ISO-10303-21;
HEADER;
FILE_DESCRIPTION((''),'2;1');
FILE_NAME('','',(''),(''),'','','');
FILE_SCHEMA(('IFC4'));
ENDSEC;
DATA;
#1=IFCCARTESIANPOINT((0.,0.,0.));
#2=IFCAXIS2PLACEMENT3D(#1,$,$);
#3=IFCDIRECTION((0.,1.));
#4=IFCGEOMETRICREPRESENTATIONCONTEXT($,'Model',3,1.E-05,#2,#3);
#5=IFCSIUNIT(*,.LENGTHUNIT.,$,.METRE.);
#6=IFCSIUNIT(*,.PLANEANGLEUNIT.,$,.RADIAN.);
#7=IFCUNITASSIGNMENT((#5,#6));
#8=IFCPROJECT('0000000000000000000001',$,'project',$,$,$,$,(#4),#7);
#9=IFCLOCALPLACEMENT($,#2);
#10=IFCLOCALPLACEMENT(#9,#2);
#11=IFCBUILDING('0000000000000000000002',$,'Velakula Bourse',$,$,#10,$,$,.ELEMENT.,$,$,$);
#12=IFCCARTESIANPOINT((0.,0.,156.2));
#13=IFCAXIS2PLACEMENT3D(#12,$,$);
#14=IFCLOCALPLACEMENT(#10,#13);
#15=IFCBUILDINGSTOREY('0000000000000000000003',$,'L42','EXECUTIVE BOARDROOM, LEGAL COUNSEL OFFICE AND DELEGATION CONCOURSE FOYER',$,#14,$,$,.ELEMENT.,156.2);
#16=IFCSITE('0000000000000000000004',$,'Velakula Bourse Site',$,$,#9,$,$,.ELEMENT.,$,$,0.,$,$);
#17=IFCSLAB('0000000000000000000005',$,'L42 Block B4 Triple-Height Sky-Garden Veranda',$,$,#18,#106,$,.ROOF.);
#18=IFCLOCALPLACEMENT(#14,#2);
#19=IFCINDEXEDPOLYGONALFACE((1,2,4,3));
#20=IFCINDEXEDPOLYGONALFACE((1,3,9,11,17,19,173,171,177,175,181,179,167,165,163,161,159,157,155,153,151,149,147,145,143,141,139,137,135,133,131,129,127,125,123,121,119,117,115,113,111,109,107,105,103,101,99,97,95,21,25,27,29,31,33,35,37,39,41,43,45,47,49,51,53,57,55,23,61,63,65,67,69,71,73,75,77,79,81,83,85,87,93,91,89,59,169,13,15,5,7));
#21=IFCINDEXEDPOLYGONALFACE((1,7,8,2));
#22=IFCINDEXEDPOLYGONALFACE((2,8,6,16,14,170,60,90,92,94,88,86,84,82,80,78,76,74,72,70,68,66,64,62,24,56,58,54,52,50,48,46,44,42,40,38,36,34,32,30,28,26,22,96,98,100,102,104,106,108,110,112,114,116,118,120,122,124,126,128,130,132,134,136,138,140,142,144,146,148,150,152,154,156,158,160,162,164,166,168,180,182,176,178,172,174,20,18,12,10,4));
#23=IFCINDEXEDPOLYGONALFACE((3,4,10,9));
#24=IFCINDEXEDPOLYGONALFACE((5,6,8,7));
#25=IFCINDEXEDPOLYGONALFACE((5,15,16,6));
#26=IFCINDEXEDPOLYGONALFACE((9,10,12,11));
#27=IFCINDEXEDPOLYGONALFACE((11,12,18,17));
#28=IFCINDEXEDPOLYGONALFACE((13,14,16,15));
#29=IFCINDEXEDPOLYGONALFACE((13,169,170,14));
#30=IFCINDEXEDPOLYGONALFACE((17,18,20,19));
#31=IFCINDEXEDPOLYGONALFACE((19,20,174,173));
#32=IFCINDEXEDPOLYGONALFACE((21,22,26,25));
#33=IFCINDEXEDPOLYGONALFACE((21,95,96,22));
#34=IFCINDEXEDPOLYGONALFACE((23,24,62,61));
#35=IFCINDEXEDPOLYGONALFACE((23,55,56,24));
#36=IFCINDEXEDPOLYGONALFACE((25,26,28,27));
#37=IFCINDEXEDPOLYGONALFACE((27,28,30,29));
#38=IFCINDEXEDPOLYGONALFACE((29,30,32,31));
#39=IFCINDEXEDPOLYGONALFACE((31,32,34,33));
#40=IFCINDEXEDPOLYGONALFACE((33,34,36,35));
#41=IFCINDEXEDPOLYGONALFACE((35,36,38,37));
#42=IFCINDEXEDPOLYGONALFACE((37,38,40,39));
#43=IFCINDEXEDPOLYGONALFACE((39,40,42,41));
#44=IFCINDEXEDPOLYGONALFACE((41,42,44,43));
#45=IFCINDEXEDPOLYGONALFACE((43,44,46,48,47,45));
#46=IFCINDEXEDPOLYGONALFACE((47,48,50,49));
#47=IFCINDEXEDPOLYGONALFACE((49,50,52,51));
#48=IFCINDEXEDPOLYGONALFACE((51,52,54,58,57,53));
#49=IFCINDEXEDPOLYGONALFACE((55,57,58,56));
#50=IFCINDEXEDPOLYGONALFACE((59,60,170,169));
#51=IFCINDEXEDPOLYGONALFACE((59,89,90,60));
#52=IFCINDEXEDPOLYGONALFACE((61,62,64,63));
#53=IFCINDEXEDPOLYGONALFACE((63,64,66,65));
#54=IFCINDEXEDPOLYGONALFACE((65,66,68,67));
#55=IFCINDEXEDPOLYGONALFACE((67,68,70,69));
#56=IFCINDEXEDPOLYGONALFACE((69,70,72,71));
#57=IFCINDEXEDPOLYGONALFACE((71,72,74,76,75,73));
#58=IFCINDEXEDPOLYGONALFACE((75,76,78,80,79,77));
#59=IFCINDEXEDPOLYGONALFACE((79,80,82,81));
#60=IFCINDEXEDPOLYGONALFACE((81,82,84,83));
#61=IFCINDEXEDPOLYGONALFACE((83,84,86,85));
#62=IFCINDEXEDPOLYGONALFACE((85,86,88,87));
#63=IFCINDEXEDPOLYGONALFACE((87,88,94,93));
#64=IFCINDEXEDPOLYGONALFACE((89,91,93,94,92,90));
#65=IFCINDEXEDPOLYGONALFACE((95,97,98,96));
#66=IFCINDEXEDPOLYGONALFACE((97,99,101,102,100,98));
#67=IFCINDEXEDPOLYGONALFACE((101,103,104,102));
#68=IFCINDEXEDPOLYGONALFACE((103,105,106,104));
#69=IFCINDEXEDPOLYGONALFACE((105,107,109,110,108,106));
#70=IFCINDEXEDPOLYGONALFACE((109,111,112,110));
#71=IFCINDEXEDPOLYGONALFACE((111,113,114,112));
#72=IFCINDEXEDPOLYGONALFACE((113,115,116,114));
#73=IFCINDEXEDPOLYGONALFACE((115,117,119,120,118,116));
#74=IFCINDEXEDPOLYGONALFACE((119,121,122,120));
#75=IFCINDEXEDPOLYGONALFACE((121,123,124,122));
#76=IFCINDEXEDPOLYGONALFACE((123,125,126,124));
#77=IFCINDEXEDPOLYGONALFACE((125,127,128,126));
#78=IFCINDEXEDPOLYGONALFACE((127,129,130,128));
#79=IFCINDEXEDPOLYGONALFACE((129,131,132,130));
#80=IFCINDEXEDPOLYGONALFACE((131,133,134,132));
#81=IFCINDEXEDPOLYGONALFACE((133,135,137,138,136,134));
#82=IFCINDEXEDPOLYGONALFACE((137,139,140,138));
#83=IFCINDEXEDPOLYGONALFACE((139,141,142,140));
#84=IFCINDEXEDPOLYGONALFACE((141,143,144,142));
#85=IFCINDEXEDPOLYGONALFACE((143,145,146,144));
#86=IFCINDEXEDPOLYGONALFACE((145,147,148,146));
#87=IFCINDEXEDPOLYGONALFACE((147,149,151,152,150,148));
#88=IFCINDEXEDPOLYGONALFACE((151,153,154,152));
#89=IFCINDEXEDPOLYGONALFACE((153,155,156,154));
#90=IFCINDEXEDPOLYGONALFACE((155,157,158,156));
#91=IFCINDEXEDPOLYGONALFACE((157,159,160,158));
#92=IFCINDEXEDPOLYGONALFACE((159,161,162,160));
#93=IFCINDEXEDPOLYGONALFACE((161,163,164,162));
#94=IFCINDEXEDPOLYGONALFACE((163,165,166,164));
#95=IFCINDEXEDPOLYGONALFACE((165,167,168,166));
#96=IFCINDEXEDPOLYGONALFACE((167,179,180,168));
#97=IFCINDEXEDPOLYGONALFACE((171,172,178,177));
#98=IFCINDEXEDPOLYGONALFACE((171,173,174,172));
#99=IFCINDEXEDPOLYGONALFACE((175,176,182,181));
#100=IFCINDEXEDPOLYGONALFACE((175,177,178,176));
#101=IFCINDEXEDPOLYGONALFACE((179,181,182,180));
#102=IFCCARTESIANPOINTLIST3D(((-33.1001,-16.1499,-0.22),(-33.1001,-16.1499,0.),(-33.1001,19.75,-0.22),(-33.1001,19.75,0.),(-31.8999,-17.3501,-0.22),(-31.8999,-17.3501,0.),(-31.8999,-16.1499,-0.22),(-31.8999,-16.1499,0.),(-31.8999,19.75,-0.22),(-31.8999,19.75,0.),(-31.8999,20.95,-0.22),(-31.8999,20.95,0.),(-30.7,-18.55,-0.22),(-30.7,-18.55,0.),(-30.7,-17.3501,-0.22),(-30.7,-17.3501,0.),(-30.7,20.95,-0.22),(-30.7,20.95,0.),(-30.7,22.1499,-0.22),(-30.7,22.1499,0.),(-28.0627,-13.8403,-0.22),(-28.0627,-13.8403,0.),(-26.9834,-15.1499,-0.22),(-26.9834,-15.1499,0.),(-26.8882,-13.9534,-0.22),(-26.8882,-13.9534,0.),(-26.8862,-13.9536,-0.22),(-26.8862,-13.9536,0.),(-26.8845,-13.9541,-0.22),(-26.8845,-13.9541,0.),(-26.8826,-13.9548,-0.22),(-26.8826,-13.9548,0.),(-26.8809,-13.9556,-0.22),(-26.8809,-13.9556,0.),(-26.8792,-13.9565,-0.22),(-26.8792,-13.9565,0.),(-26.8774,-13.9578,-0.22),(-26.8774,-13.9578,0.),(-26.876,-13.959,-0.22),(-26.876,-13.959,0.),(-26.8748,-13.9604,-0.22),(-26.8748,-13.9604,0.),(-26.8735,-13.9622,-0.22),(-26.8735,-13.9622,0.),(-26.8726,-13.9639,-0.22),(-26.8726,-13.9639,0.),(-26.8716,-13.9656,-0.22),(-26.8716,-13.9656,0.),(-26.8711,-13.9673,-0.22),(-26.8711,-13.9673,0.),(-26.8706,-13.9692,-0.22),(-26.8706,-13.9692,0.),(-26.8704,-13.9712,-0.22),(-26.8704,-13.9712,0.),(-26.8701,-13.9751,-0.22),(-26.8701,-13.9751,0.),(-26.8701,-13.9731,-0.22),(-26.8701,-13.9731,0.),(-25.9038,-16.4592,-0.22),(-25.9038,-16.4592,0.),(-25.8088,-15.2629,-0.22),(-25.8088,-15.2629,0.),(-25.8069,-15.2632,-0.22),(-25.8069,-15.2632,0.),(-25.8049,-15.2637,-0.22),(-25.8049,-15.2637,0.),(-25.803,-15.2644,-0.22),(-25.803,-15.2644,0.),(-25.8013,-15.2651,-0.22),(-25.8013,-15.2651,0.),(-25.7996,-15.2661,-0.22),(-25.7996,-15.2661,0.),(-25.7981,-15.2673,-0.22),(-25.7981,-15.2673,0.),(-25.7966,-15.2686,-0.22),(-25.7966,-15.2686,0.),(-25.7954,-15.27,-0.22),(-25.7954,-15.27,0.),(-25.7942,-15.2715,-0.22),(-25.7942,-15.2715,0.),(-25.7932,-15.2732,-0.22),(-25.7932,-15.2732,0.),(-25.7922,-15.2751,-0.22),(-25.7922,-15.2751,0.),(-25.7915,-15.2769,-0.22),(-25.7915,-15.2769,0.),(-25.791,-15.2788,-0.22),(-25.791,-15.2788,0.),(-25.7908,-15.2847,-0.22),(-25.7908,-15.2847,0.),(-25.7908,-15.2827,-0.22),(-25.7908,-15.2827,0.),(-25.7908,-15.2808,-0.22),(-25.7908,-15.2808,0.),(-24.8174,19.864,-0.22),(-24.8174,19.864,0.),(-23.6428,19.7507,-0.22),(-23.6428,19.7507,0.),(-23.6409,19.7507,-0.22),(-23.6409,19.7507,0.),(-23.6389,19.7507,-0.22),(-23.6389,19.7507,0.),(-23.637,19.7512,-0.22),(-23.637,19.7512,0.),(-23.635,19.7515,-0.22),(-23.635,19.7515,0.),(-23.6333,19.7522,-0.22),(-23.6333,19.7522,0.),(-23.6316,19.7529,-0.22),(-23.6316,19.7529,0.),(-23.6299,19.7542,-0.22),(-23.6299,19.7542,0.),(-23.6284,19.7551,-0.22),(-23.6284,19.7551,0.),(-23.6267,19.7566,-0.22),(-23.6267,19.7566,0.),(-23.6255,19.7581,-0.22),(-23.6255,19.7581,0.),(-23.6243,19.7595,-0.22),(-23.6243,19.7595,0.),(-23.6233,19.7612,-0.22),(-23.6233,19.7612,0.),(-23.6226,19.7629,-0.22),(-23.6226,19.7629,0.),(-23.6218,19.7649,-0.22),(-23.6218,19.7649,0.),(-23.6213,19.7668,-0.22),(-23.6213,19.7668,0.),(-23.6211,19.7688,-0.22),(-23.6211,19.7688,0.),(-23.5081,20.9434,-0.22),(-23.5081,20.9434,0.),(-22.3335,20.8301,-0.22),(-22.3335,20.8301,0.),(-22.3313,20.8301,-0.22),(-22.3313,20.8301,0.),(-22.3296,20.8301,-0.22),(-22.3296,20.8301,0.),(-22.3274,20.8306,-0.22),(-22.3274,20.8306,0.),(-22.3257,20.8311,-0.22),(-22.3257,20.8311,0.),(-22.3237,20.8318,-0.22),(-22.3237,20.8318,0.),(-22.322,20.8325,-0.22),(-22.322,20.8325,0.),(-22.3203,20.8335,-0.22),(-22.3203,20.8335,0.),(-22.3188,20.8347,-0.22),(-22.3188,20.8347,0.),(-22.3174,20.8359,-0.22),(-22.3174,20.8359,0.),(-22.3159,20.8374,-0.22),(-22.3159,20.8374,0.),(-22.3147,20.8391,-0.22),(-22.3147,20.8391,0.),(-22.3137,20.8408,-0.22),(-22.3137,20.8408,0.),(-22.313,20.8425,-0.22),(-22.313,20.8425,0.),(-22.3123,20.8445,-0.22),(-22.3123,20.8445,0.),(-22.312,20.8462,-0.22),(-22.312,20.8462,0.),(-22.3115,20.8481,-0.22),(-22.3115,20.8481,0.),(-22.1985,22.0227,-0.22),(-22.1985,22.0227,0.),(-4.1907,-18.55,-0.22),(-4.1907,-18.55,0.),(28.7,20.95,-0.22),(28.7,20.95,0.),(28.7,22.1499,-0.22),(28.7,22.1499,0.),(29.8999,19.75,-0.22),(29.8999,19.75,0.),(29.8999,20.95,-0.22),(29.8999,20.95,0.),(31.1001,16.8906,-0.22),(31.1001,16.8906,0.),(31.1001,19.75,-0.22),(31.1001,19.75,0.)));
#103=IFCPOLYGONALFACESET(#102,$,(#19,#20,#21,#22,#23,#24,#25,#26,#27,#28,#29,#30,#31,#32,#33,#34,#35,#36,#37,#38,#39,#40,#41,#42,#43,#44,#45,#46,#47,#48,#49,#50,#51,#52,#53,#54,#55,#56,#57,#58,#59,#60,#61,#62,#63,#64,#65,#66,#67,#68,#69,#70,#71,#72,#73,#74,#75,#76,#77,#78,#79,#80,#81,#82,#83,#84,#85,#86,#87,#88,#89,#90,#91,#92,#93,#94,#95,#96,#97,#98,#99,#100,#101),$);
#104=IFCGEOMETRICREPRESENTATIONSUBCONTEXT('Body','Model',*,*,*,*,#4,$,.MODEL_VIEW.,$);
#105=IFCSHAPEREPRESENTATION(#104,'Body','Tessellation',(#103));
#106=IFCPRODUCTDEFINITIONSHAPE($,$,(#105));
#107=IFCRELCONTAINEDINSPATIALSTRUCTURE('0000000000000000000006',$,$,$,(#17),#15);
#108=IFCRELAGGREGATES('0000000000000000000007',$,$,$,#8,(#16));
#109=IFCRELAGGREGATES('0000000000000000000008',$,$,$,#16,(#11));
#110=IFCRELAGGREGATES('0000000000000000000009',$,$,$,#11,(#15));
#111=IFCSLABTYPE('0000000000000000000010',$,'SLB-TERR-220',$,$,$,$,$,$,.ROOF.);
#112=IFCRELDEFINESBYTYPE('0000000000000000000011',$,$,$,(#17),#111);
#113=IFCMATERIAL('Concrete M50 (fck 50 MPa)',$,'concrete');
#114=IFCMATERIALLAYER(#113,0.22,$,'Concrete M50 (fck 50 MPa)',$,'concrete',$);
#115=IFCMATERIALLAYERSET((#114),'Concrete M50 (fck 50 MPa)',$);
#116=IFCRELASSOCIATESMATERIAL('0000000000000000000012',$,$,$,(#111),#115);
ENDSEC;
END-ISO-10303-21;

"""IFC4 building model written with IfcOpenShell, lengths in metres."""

from ifc_helpers import new_model, si_unit, direction, frame, origin, place, context, subcontext, project, spatial, polyline, outline, extrude, material, layer, layer_set, type_object, element, save


model = new_model("IFC4")

# Units and contexts
model_context = context("Model", 3, precision=1e-05, world=origin(), true_north=direction((0.0, 1.0)))
body_context = subcontext(model_context, "Body", "Model", "MODEL_VIEW")
ifc_project = project(units=[si_unit("LENGTHUNIT", "METRE"), si_unit("PLANEANGLEUNIT", "RADIAN")], contexts=[model_context])

# Site, building, storey
site_placement = place(None, origin())
site = spatial("IfcSite", under=ifc_project, at=site_placement, Name="Velakula Bourse Site", CompositionType="ELEMENT", RefElevation=0.0)
building_placement = place(site_placement, origin())
building = spatial("IfcBuilding", under=site, at=building_placement, Name="Velakula Bourse", CompositionType="ELEMENT")
storey_placement = place(building_placement, frame((0.0, 0.0, 156.2)))
storey = spatial("IfcBuildingStorey", under=building, at=storey_placement, Name="L42", Description="EXECUTIVE BOARDROOM, LEGAL COUNSEL OFFICE AND DELEGATION CONCOURSE FOYER", CompositionType="ELEMENT", Elevation=156.2)

# Slab
ifc_material_1 = material(Name="Concrete M50 (fck 50 MPa)", Category="concrete")
ifc_layer_1 = layer(ifc_material_1, 0.22, Name="Concrete M50 (fck 50 MPa)", Category="concrete")
ifc_layer_set_1 = layer_set([ifc_layer_1], Name="Concrete M50 (fck 50 MPa)")
slab_type_1 = type_object("IfcSlabType", Name="SLB-TERR-220", PredefinedType="ROOF", material=ifc_layer_set_1)
slab_1_placement = place(storey_placement, frame((0.0, 0.0, -0.22)))
element("IfcSlab", 1, at=slab_1_placement, inside=storey, type_object=slab_type_1, Name="L42 Block B4 Triple-Height Sky-Garden Veranda", PredefinedType="ROOF", context=body_context, shape_type="SweptSolid", body=[
    extrude(outline(polyline([(-30.7, -18.55), (-30.7, -17.3501), (-31.8999, -17.3501), (-31.8999, -16.1499), (-33.1001, -16.1499), (-33.1001, 19.75), (-31.8999, 19.75), (-31.8999, 20.95), (-30.7, 20.95), (-30.7, 22.1499), (28.7, 22.1499), (28.7, 20.95), (29.8999, 20.95), (29.8999, 19.75), (31.1001, 19.75), (31.1001, 16.8906), (-22.1985, 22.0227), (-22.3115, 20.8481), (-22.312, 20.8462), (-22.3123, 20.8445), (-22.313, 20.8425), (-22.3137, 20.8408), (-22.3147, 20.8391), (-22.3159, 20.8374), (-22.3174, 20.8359), (-22.3188, 20.8347), (-22.3203, 20.8335), (-22.322, 20.8325), (-22.3237, 20.8318), (-22.3257, 20.8311), (-22.3274, 20.8306), (-22.3296, 20.8301), (-22.3313, 20.8301), (-22.3335, 20.8301), (-23.5081, 20.9434), (-23.6211, 19.7688), (-23.6213, 19.7668), (-23.6218, 19.7649), (-23.6226, 19.7629), (-23.6233, 19.7612), (-23.6243, 19.7595), (-23.6255, 19.7581), (-23.6267, 19.7566), (-23.6284, 19.7551), (-23.6299, 19.7542), (-23.6316, 19.7529), (-23.6333, 19.7522), (-23.635, 19.7515), (-23.637, 19.7512), (-23.6389, 19.7507), (-23.6409, 19.7507), (-23.6428, 19.7507), (-24.8174, 19.864), (-28.0627, -13.8403), (-26.8882, -13.9534), (-26.8862, -13.9536), (-26.8845, -13.9541), (-26.8826, -13.9548), (-26.8809, -13.9556), (-26.8792, -13.9565), (-26.8774, -13.9578), (-26.876, -13.959), (-26.8748, -13.9604), (-26.8735, -13.9622), (-26.8726, -13.9639), (-26.8716, -13.9656), (-26.8711, -13.9673), (-26.8706, -13.9692), (-26.8704, -13.9712), (-26.8701, -13.9731), (-26.8701, -13.9751), (-26.9834, -15.1499), (-25.8088, -15.2629), (-25.8069, -15.2632), (-25.8049, -15.2637), (-25.803, -15.2644), (-25.8013, -15.2651), (-25.7996, -15.2661), (-25.7981, -15.2673), (-25.7966, -15.2686), (-25.7954, -15.27), (-25.7942, -15.2715), (-25.7932, -15.2732), (-25.7922, -15.2751), (-25.7915, -15.2769), (-25.791, -15.2788), (-25.7908, -15.2808), (-25.7908, -15.2827), (-25.7908, -15.2847), (-25.9038, -16.4592), (-4.1907, -18.55), (-30.7, -18.55)])), origin(), (0.0, 0.0, 1.0), 0.22),
])

save(model, "model.ifc")
